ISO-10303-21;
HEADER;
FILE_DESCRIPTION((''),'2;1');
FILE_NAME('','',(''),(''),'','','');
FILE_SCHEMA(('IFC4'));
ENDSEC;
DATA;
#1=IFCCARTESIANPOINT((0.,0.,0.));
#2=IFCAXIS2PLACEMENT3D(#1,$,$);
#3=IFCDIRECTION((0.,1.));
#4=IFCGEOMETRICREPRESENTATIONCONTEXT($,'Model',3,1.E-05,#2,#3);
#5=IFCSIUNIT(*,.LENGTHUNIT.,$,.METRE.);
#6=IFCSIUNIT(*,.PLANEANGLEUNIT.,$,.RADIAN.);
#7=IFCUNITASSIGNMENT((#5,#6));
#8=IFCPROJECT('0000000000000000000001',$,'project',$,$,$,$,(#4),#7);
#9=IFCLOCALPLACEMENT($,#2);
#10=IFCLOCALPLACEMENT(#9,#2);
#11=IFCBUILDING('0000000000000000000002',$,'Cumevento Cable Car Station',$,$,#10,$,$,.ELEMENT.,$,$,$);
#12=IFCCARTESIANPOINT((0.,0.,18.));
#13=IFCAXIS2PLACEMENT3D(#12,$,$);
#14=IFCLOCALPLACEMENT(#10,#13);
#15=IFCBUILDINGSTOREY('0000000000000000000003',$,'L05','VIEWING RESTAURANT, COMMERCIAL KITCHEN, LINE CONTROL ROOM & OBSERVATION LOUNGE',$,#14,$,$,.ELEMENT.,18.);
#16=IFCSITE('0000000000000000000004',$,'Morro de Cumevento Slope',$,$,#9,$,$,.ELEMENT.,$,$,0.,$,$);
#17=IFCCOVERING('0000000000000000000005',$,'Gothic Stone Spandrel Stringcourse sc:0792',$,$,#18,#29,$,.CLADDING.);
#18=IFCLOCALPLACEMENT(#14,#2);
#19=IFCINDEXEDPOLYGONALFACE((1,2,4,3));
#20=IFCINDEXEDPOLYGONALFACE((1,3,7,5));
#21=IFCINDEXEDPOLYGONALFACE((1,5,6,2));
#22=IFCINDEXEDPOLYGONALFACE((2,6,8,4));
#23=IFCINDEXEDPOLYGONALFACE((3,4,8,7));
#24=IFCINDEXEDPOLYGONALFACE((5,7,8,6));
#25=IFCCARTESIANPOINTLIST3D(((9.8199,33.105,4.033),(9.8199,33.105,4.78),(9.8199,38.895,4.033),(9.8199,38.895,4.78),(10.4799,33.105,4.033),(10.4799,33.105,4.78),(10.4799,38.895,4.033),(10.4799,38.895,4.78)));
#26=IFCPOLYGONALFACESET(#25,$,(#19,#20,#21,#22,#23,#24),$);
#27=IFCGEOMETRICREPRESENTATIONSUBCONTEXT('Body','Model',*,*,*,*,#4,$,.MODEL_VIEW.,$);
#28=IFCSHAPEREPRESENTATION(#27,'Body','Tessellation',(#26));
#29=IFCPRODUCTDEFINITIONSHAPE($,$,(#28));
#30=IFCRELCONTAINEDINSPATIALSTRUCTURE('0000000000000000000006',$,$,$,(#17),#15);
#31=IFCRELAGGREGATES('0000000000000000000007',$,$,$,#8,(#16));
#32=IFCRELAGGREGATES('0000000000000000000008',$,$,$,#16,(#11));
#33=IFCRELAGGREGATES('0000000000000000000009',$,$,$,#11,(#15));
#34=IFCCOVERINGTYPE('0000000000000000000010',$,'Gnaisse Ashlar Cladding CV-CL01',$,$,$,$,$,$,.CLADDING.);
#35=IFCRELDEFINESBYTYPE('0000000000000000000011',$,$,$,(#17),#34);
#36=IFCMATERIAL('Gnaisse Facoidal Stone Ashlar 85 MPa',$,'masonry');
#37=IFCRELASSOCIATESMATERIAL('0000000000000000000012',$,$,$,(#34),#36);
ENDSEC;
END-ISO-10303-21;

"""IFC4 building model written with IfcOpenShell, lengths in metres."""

from ifc_helpers import new_model, si_unit, direction, frame, origin, origin_2d, place, context, subcontext, project, spatial, rectangle, extrude, material, type_object, element, save


model = new_model("IFC4")

# Units and contexts
model_context = context("Model", 3, precision=1e-05, world=origin(), true_north=direction((0.0, 1.0)))
body_context = subcontext(model_context, "Body", "Model", "MODEL_VIEW")
ifc_project = project(units=[si_unit("LENGTHUNIT", "METRE"), si_unit("PLANEANGLEUNIT", "RADIAN")], contexts=[model_context])

# Site, building, storey
site_placement = place(None, origin())
site = spatial("IfcSite", under=ifc_project, at=site_placement, Name="Morro de Cumevento Slope", CompositionType="ELEMENT", RefElevation=0.0)
building_placement = place(site_placement, origin())
building = spatial("IfcBuilding", under=site, at=building_placement, Name="Cumevento Cable Car Station", CompositionType="ELEMENT")
storey_placement = place(building_placement, frame((0.0, 0.0, 18.0)))
storey = spatial("IfcBuildingStorey", under=building, at=storey_placement, Name="L05", Description="VIEWING RESTAURANT, COMMERCIAL KITCHEN, LINE CONTROL ROOM & OBSERVATION LOUNGE", CompositionType="ELEMENT", Elevation=18.0)

# Covering
ifc_material_1 = material(Name="Gnaisse Facoidal Stone Ashlar 85 MPa", Category="masonry")
covering_type = type_object("IfcCoveringType", Name="Gnaisse Ashlar Cladding CV-CL01", PredefinedType="CLADDING", material=ifc_material_1)
covering_1_placement = place(storey_placement, frame((10.1499, 36.0, 4.033), z_axis=(0.0, 0.0, 1.0), x_axis=(0.0, 1.0, 0.0)))
element("IfcCovering", 1, at=covering_1_placement, inside=storey, type_object=covering_type, Name="Gothic Stone Spandrel Stringcourse sc:0792", PredefinedType="CLADDING", context=body_context, shape_type="SweptSolid", body=[
    extrude(rectangle(XDim=5.79, YDim=0.6599, at=origin_2d()), origin(), (0.0, 0.0, 1.0), 0.7471),
])

save(model, "model.ifc")
